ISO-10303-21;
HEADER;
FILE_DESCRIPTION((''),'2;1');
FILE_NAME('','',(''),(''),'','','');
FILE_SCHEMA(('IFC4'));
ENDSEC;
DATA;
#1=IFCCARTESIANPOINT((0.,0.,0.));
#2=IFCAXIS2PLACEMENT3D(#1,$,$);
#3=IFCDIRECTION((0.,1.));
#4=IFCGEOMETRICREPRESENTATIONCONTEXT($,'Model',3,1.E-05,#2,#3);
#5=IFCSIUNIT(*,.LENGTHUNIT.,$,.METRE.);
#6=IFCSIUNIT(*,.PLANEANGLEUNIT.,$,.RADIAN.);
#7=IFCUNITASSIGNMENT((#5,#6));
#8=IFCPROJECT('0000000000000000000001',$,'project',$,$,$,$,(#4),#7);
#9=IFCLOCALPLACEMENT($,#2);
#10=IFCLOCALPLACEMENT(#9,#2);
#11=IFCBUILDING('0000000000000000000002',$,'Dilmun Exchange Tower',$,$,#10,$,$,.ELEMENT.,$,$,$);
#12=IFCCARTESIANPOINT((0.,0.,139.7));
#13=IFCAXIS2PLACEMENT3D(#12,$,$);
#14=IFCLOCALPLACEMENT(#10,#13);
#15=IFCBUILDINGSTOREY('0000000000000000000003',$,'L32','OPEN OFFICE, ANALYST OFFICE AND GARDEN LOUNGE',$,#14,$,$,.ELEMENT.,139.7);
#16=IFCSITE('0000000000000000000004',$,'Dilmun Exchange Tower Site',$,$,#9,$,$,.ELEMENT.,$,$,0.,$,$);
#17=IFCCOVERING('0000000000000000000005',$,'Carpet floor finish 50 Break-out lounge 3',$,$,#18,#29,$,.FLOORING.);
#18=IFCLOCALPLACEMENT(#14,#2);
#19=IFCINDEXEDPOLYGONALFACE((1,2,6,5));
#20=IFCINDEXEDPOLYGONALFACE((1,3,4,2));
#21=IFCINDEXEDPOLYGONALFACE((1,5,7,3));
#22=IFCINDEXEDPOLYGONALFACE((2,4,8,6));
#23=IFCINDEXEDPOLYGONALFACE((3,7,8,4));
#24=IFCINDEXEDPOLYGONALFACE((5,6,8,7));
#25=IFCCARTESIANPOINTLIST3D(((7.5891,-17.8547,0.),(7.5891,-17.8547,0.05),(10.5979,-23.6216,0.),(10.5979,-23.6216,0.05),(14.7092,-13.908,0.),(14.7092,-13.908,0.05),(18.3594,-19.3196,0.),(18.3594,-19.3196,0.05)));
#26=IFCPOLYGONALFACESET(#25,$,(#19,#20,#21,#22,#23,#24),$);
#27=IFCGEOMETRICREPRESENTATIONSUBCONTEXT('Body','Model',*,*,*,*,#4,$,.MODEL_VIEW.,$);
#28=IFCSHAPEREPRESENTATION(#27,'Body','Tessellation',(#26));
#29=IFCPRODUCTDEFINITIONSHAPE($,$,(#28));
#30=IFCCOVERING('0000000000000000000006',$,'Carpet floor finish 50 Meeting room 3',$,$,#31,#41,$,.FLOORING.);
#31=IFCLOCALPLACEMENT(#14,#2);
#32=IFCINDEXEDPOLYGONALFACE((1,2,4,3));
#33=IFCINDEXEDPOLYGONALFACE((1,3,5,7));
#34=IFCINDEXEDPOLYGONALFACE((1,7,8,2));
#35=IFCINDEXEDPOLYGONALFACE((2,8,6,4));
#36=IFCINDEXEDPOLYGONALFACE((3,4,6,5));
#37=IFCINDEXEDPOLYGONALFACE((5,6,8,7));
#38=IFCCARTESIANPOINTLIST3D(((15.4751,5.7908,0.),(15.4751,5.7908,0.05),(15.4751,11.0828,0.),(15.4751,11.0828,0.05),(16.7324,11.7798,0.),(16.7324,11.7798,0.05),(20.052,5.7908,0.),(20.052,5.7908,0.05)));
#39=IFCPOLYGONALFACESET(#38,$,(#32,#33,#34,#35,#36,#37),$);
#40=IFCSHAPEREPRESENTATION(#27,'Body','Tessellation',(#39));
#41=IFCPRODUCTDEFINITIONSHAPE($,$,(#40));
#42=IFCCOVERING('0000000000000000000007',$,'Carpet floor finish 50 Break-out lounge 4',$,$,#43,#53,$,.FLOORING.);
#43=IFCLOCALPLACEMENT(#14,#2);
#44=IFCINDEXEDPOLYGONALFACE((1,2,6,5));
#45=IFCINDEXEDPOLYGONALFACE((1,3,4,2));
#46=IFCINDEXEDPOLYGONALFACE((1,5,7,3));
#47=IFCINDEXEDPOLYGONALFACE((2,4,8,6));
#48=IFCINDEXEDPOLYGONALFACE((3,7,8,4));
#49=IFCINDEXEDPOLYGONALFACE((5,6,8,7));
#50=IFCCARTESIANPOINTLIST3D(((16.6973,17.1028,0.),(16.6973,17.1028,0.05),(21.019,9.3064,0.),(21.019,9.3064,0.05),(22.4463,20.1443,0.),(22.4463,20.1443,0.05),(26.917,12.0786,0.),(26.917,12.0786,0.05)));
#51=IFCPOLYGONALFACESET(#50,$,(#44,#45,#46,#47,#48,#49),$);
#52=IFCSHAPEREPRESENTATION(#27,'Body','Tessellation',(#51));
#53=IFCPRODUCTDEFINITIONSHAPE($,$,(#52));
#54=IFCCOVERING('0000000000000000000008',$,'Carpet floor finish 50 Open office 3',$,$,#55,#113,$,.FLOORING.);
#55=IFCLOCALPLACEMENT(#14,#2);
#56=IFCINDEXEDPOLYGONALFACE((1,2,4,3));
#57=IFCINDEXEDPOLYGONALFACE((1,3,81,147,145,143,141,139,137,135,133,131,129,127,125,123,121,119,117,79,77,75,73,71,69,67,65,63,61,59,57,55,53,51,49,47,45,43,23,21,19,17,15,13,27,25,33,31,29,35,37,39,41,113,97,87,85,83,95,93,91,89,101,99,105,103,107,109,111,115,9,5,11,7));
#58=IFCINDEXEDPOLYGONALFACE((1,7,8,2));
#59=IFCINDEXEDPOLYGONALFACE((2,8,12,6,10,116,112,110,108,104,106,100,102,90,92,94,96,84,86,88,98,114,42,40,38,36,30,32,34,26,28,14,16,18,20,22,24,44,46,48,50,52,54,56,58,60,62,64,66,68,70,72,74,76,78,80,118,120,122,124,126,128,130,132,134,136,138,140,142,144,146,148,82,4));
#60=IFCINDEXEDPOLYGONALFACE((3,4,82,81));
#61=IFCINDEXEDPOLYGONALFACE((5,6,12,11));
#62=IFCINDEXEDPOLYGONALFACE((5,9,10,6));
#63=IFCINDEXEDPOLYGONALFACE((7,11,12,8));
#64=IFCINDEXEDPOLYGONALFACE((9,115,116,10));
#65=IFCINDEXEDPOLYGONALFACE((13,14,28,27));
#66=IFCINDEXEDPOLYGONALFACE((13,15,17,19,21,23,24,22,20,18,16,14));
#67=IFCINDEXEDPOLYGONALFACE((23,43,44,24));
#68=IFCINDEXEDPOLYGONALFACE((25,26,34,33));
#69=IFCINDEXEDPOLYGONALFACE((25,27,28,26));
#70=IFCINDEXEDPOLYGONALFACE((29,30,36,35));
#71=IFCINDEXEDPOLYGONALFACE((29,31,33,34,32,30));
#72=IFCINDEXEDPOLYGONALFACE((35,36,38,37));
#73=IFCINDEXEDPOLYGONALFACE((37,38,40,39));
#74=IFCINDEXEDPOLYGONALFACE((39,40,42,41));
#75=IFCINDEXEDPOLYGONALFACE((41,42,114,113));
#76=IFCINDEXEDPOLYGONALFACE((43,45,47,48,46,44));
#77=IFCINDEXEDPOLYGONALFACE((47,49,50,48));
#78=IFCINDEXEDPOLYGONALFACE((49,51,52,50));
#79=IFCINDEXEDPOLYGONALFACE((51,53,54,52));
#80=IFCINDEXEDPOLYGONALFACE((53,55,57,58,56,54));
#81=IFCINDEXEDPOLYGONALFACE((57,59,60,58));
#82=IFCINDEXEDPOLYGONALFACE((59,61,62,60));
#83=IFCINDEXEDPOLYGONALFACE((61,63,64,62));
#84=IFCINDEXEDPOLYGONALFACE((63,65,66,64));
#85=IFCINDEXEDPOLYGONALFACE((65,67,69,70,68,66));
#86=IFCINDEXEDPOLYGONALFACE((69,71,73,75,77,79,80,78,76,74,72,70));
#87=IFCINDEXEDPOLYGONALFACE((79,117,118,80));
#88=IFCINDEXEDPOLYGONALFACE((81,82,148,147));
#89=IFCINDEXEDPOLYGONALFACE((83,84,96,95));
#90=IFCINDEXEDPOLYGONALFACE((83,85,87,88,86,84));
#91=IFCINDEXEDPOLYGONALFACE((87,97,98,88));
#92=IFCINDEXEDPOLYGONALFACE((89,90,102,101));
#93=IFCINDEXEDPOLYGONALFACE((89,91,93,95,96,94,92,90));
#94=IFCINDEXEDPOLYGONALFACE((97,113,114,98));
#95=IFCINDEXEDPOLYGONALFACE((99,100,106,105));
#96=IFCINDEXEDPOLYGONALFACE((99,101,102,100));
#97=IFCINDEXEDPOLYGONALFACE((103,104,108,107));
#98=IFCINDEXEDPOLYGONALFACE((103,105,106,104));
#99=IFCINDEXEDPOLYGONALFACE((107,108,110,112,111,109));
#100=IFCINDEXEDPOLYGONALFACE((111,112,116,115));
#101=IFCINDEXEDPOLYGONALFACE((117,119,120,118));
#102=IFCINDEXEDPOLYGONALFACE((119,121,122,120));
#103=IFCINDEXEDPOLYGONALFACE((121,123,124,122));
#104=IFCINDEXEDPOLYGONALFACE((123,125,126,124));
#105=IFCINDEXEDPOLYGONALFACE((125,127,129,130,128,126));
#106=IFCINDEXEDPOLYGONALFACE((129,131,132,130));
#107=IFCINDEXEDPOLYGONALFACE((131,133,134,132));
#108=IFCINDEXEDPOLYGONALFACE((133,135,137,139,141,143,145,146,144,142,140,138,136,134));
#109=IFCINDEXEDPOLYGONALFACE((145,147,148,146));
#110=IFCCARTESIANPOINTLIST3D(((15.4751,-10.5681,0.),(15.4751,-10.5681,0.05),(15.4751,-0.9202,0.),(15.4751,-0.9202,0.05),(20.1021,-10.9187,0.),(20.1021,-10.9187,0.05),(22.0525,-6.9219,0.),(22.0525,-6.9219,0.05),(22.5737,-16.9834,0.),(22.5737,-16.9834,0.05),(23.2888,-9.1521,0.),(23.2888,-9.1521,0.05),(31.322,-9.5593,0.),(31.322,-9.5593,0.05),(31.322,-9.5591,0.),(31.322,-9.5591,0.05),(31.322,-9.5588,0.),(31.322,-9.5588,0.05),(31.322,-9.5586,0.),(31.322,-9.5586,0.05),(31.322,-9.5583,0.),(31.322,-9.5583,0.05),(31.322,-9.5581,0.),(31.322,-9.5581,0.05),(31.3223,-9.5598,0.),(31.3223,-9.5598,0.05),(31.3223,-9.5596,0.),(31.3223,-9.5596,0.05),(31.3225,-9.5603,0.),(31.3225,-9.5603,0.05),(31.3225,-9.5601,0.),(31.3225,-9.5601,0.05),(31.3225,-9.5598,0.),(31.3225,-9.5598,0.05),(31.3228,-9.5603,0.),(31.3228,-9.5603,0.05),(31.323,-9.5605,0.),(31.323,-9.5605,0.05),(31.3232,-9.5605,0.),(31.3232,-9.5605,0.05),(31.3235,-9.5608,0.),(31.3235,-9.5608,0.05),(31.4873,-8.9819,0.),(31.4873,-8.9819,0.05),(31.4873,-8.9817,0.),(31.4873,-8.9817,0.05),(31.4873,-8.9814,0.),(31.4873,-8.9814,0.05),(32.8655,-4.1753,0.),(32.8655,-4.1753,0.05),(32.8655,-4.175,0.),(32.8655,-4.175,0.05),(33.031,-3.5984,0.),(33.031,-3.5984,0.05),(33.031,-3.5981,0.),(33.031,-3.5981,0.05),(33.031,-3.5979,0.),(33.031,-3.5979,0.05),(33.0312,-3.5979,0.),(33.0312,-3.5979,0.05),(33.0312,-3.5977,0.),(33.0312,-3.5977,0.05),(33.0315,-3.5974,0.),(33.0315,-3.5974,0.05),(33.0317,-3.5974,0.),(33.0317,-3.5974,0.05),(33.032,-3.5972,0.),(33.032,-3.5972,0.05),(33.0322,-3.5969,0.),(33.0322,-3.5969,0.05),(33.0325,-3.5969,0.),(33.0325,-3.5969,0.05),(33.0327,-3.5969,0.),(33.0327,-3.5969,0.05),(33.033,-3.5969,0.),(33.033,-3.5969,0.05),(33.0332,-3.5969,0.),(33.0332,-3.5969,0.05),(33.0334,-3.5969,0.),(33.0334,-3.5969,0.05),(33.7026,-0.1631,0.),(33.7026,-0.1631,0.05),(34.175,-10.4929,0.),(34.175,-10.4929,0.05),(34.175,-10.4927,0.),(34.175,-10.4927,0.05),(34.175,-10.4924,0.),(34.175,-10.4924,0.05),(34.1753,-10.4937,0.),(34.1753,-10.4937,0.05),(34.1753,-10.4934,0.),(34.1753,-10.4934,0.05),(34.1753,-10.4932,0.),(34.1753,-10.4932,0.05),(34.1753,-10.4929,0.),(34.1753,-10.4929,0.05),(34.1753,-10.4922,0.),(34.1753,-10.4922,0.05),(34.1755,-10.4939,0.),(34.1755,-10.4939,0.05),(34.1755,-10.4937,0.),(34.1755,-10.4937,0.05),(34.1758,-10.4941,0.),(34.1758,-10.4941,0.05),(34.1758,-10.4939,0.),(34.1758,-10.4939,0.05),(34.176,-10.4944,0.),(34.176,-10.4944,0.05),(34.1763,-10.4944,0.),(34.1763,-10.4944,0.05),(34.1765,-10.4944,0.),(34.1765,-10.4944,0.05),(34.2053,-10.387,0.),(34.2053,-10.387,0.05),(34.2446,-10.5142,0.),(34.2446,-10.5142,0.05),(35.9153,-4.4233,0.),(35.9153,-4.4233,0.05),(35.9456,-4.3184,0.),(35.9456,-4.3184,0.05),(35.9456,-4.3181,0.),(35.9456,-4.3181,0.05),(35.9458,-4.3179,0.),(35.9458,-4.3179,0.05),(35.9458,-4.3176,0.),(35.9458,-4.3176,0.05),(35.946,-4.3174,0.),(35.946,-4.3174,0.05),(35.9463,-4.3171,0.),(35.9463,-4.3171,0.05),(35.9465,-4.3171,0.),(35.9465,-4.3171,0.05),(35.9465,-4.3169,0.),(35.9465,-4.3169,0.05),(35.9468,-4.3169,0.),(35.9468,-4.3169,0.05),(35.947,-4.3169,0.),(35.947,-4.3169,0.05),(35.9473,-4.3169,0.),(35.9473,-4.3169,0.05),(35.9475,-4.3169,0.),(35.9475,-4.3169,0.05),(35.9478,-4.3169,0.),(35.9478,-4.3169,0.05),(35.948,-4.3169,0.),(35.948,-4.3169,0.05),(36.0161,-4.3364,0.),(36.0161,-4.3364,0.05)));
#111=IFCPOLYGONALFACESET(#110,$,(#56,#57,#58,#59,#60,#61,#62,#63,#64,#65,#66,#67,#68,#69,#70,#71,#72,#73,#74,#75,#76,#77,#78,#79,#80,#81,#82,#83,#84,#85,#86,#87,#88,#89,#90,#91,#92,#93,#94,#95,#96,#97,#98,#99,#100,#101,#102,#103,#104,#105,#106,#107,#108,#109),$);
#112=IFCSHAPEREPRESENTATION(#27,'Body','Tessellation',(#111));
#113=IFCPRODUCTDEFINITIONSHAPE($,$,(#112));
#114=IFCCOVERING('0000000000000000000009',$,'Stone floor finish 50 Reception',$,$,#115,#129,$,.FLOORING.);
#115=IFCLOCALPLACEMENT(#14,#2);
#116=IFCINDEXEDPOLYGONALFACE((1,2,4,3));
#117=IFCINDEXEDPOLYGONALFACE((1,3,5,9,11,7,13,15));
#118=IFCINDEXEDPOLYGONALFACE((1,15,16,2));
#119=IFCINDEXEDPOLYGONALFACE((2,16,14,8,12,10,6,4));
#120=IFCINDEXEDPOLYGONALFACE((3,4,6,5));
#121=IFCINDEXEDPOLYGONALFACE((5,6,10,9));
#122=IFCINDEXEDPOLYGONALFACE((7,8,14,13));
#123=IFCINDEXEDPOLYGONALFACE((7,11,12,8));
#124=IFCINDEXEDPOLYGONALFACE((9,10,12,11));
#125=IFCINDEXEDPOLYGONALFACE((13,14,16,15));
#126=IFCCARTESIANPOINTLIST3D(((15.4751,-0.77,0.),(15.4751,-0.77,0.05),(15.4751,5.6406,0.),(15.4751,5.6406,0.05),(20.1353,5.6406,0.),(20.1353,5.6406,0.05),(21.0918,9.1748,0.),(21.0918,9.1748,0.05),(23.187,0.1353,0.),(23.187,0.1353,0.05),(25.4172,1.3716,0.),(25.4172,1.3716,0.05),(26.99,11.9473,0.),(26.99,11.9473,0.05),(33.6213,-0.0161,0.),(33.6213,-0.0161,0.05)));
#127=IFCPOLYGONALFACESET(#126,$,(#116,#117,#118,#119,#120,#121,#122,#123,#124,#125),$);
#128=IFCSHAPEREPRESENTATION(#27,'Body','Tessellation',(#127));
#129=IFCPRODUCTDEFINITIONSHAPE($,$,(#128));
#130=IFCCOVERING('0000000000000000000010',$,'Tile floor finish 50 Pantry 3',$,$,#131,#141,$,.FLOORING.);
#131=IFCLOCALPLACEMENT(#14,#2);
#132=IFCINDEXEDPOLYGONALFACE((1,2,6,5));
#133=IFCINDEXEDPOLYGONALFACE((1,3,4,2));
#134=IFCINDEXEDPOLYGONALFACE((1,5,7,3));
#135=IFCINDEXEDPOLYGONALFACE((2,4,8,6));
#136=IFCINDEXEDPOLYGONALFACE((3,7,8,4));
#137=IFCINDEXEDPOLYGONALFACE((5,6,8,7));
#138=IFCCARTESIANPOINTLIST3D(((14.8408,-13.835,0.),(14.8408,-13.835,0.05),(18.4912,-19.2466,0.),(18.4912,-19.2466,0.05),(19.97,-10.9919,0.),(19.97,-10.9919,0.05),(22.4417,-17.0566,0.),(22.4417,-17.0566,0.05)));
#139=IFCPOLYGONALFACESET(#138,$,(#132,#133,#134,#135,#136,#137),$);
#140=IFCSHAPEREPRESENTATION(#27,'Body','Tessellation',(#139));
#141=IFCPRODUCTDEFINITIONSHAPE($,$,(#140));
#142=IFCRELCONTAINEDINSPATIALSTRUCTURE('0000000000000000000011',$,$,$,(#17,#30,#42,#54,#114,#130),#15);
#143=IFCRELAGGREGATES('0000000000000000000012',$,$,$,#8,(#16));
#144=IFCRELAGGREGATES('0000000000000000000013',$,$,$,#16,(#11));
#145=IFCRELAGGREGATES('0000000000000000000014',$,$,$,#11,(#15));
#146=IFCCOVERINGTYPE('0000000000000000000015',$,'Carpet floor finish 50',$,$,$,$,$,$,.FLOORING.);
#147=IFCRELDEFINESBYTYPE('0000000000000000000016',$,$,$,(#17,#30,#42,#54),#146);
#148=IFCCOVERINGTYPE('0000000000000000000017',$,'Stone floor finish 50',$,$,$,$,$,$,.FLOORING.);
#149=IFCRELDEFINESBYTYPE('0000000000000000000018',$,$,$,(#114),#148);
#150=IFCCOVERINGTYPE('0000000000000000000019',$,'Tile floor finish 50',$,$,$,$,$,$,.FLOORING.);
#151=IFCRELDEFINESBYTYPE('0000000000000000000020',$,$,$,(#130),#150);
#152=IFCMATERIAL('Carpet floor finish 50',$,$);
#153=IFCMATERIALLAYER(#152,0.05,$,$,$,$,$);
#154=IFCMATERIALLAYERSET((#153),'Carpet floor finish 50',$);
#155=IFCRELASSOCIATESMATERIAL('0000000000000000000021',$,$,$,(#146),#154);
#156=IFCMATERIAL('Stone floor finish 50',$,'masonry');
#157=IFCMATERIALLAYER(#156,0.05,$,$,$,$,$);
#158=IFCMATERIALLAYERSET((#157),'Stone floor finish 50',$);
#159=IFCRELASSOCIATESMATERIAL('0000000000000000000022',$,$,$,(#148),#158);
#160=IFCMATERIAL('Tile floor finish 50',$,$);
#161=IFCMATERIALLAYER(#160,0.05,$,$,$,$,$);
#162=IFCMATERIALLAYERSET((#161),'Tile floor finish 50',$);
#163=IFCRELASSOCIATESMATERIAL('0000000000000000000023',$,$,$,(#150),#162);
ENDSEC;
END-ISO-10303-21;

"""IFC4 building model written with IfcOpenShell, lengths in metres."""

from ifc_helpers import new_model, si_unit, direction, frame, origin, place, context, subcontext, project, spatial, polyline, outline, extrude, material, layer, layer_set, type_object, element, save


model = new_model("IFC4")

# Units and contexts
model_context = context("Model", 3, precision=1e-05, world=origin(), true_north=direction((0.0, 1.0)))
body_context = subcontext(model_context, "Body", "Model", "MODEL_VIEW")
ifc_project = project(units=[si_unit("LENGTHUNIT", "METRE"), si_unit("PLANEANGLEUNIT", "RADIAN")], contexts=[model_context])

# Site, building, storey
site_placement = place(None, origin())
site = spatial("IfcSite", under=ifc_project, at=site_placement, Name="Dilmun Exchange Tower Site", CompositionType="ELEMENT", RefElevation=0.0)
building_placement = place(site_placement, origin())
building = spatial("IfcBuilding", under=site, at=building_placement, Name="Dilmun Exchange Tower", CompositionType="ELEMENT")
storey_placement = place(building_placement, frame((0.0, 0.0, 139.7)))
storey = spatial("IfcBuildingStorey", under=building, at=storey_placement, Name="L32", Description="OPEN OFFICE, ANALYST OFFICE AND GARDEN LOUNGE", CompositionType="ELEMENT", Elevation=139.7)

# Coverings
ifc_material_1 = material(Name="Carpet floor finish 50")
ifc_layer_1 = layer(ifc_material_1, 0.05)
ifc_layer_set_1 = layer_set([ifc_layer_1], Name="Carpet floor finish 50")
covering_type_1 = type_object("IfcCoveringType", Name="Carpet floor finish 50", PredefinedType="FLOORING", material=ifc_layer_set_1)
covering_1_placement = place(storey_placement, origin())
element("IfcCovering", 1, at=covering_1_placement, inside=storey, type_object=covering_type_1, Name="Carpet floor finish 50 Break-out lounge 3", PredefinedType="FLOORING", context=body_context, shape_type="SweptSolid", body=[
    extrude(outline(polyline([(7.5891, -17.8547), (14.7092, -13.908), (18.3594, -19.3196), (10.5979, -23.6216), (7.5891, -17.8547)])), origin(), (0.0, 0.0, 1.0), 0.05),
])
covering_2_placement = place(storey_placement, origin())
element("IfcCovering", 2, at=covering_2_placement, inside=storey, type_object=covering_type_1, Name="Carpet floor finish 50 Meeting room 3", PredefinedType="FLOORING", context=body_context, shape_type="SweptSolid", body=[
    extrude(outline(polyline([(15.4751, 11.0828), (16.7324, 11.7798), (20.052, 5.7908), (15.4751, 5.7908), (15.4751, 11.0828)])), origin(), (0.0, 0.0, 1.0), 0.05),
])
covering_3_placement = place(storey_placement, origin())
element("IfcCovering", 3, at=covering_3_placement, inside=storey, type_object=covering_type_1, Name="Carpet floor finish 50 Break-out lounge 4", PredefinedType="FLOORING", context=body_context, shape_type="SweptSolid", body=[
    extrude(outline(polyline([(16.6973, 17.1028), (22.4463, 20.1443), (26.917, 12.0786), (21.019, 9.3064), (16.6973, 17.1028)])), origin(), (0.0, 0.0, 1.0), 0.05),
])
covering_4_placement = place(storey_placement, origin())
element("IfcCovering", 4, at=covering_4_placement, inside=storey, type_object=covering_type_1, Name="Carpet floor finish 50 Open office 3", PredefinedType="FLOORING", context=body_context, shape_type="SweptSolid", body=[
    extrude(outline(polyline([(20.1021, -10.9187), (23.2888, -9.1521), (22.0525, -6.9219), (15.4751, -10.5681), (15.4751, -0.9202), (33.7026, -0.1631), (36.0161, -4.3364), (35.948, -4.3169), (35.9478, -4.3169), (35.9475, -4.3169), (35.9475, -4.3169), (35.9473, -4.3169), (35.947, -4.3169), (35.9468, -4.3169), (35.9465, -4.3169), (35.9465, -4.3171), (35.9463, -4.3171), (35.946, -4.3174), (35.946, -4.3174), (35.9458, -4.3176), (35.9458, -4.3179), (35.9458, -4.3179), (35.9456, -4.3181), (35.9456, -4.3184), (35.9153, -4.4233), (33.0334, -3.5969), (33.0332, -3.5969), (33.0332, -3.5969), (33.033, -3.5969), (33.0327, -3.5969), (33.0325, -3.5969), (33.0322, -3.5969), (33.032, -3.5972), (33.032, -3.5972), (33.0317, -3.5974), (33.0315, -3.5974), (33.0315, -3.5974), (33.0312, -3.5977), (33.0312, -3.5979), (33.031, -3.5979), (33.031, -3.5981), (33.031, -3.5984), (32.8655, -4.175), (32.8655, -4.1753), (32.8655, -4.1753), (31.4873, -8.9814), (31.4873, -8.9817), (31.4873, -8.9817), (31.4873, -8.9819), (31.322, -9.5581), (31.322, -9.5583), (31.322, -9.5586), (31.322, -9.5588), (31.322, -9.5591), (31.322, -9.5591), (31.322, -9.5593), (31.3223, -9.5596), (31.3223, -9.5598), (31.3225, -9.5598), (31.3225, -9.5601), (31.3225, -9.5603), (31.3228, -9.5603), (31.323, -9.5605), (31.323, -9.5605), (31.3232, -9.5605), (31.3235, -9.5608), (34.2053, -10.387), (34.1753, -10.4922), (34.1753, -10.4922), (34.175, -10.4924), (34.175, -10.4927), (34.175, -10.4929), (34.1753, -10.4929), (34.1753, -10.4932), (34.1753, -10.4934), (34.1753, -10.4937), (34.1755, -10.4937), (34.1755, -10.4939), (34.1758, -10.4939), (34.1758, -10.4941), (34.176, -10.4944), (34.1763, -10.4944), (34.1765, -10.4944), (34.1765, -10.4944), (34.2446, -10.5142), (22.5737, -16.9834), (20.1021, -10.9187)])), origin(), (0.0, 0.0, 1.0), 0.05),
])
ifc_material_2 = material(Name="Stone floor finish 50", Category="masonry")
ifc_layer_2 = layer(ifc_material_2, 0.05)
ifc_layer_set_2 = layer_set([ifc_layer_2], Name="Stone floor finish 50")
covering_type_2 = type_object("IfcCoveringType", Name="Stone floor finish 50", PredefinedType="FLOORING", material=ifc_layer_set_2)
covering_5_placement = place(storey_placement, origin())
element("IfcCovering", 5, at=covering_5_placement, inside=storey, type_object=covering_type_2, Name="Stone floor finish 50 Reception", PredefinedType="FLOORING", context=body_context, shape_type="SweptSolid", body=[
    extrude(outline(polyline([(25.4172, 1.3716), (21.0918, 9.1748), (26.99, 11.9473), (33.6213, -0.0161), (15.4751, -0.77), (15.4751, 5.6406), (20.1353, 5.6406), (23.187, 0.1353), (25.4172, 1.3716)])), origin(), (0.0, 0.0, 1.0), 0.05),
])
ifc_material_3 = material(Name="Tile floor finish 50")
ifc_layer_3 = layer(ifc_material_3, 0.05)
ifc_layer_set_3 = layer_set([ifc_layer_3], Name="Tile floor finish 50")
covering_type_3 = type_object("IfcCoveringType", Name="Tile floor finish 50", PredefinedType="FLOORING", material=ifc_layer_set_3)
covering_6_placement = place(storey_placement, origin())
element("IfcCovering", 6, at=covering_6_placement, inside=storey, type_object=covering_type_3, Name="Tile floor finish 50 Pantry 3", PredefinedType="FLOORING", context=body_context, shape_type="SweptSolid", body=[
    extrude(outline(polyline([(19.97, -10.9919), (22.4417, -17.0566), (18.4912, -19.2466), (14.8408, -13.835), (19.97, -10.9919)])), origin(), (0.0, 0.0, 1.0), 0.05),
])

save(model, "model.ifc")
